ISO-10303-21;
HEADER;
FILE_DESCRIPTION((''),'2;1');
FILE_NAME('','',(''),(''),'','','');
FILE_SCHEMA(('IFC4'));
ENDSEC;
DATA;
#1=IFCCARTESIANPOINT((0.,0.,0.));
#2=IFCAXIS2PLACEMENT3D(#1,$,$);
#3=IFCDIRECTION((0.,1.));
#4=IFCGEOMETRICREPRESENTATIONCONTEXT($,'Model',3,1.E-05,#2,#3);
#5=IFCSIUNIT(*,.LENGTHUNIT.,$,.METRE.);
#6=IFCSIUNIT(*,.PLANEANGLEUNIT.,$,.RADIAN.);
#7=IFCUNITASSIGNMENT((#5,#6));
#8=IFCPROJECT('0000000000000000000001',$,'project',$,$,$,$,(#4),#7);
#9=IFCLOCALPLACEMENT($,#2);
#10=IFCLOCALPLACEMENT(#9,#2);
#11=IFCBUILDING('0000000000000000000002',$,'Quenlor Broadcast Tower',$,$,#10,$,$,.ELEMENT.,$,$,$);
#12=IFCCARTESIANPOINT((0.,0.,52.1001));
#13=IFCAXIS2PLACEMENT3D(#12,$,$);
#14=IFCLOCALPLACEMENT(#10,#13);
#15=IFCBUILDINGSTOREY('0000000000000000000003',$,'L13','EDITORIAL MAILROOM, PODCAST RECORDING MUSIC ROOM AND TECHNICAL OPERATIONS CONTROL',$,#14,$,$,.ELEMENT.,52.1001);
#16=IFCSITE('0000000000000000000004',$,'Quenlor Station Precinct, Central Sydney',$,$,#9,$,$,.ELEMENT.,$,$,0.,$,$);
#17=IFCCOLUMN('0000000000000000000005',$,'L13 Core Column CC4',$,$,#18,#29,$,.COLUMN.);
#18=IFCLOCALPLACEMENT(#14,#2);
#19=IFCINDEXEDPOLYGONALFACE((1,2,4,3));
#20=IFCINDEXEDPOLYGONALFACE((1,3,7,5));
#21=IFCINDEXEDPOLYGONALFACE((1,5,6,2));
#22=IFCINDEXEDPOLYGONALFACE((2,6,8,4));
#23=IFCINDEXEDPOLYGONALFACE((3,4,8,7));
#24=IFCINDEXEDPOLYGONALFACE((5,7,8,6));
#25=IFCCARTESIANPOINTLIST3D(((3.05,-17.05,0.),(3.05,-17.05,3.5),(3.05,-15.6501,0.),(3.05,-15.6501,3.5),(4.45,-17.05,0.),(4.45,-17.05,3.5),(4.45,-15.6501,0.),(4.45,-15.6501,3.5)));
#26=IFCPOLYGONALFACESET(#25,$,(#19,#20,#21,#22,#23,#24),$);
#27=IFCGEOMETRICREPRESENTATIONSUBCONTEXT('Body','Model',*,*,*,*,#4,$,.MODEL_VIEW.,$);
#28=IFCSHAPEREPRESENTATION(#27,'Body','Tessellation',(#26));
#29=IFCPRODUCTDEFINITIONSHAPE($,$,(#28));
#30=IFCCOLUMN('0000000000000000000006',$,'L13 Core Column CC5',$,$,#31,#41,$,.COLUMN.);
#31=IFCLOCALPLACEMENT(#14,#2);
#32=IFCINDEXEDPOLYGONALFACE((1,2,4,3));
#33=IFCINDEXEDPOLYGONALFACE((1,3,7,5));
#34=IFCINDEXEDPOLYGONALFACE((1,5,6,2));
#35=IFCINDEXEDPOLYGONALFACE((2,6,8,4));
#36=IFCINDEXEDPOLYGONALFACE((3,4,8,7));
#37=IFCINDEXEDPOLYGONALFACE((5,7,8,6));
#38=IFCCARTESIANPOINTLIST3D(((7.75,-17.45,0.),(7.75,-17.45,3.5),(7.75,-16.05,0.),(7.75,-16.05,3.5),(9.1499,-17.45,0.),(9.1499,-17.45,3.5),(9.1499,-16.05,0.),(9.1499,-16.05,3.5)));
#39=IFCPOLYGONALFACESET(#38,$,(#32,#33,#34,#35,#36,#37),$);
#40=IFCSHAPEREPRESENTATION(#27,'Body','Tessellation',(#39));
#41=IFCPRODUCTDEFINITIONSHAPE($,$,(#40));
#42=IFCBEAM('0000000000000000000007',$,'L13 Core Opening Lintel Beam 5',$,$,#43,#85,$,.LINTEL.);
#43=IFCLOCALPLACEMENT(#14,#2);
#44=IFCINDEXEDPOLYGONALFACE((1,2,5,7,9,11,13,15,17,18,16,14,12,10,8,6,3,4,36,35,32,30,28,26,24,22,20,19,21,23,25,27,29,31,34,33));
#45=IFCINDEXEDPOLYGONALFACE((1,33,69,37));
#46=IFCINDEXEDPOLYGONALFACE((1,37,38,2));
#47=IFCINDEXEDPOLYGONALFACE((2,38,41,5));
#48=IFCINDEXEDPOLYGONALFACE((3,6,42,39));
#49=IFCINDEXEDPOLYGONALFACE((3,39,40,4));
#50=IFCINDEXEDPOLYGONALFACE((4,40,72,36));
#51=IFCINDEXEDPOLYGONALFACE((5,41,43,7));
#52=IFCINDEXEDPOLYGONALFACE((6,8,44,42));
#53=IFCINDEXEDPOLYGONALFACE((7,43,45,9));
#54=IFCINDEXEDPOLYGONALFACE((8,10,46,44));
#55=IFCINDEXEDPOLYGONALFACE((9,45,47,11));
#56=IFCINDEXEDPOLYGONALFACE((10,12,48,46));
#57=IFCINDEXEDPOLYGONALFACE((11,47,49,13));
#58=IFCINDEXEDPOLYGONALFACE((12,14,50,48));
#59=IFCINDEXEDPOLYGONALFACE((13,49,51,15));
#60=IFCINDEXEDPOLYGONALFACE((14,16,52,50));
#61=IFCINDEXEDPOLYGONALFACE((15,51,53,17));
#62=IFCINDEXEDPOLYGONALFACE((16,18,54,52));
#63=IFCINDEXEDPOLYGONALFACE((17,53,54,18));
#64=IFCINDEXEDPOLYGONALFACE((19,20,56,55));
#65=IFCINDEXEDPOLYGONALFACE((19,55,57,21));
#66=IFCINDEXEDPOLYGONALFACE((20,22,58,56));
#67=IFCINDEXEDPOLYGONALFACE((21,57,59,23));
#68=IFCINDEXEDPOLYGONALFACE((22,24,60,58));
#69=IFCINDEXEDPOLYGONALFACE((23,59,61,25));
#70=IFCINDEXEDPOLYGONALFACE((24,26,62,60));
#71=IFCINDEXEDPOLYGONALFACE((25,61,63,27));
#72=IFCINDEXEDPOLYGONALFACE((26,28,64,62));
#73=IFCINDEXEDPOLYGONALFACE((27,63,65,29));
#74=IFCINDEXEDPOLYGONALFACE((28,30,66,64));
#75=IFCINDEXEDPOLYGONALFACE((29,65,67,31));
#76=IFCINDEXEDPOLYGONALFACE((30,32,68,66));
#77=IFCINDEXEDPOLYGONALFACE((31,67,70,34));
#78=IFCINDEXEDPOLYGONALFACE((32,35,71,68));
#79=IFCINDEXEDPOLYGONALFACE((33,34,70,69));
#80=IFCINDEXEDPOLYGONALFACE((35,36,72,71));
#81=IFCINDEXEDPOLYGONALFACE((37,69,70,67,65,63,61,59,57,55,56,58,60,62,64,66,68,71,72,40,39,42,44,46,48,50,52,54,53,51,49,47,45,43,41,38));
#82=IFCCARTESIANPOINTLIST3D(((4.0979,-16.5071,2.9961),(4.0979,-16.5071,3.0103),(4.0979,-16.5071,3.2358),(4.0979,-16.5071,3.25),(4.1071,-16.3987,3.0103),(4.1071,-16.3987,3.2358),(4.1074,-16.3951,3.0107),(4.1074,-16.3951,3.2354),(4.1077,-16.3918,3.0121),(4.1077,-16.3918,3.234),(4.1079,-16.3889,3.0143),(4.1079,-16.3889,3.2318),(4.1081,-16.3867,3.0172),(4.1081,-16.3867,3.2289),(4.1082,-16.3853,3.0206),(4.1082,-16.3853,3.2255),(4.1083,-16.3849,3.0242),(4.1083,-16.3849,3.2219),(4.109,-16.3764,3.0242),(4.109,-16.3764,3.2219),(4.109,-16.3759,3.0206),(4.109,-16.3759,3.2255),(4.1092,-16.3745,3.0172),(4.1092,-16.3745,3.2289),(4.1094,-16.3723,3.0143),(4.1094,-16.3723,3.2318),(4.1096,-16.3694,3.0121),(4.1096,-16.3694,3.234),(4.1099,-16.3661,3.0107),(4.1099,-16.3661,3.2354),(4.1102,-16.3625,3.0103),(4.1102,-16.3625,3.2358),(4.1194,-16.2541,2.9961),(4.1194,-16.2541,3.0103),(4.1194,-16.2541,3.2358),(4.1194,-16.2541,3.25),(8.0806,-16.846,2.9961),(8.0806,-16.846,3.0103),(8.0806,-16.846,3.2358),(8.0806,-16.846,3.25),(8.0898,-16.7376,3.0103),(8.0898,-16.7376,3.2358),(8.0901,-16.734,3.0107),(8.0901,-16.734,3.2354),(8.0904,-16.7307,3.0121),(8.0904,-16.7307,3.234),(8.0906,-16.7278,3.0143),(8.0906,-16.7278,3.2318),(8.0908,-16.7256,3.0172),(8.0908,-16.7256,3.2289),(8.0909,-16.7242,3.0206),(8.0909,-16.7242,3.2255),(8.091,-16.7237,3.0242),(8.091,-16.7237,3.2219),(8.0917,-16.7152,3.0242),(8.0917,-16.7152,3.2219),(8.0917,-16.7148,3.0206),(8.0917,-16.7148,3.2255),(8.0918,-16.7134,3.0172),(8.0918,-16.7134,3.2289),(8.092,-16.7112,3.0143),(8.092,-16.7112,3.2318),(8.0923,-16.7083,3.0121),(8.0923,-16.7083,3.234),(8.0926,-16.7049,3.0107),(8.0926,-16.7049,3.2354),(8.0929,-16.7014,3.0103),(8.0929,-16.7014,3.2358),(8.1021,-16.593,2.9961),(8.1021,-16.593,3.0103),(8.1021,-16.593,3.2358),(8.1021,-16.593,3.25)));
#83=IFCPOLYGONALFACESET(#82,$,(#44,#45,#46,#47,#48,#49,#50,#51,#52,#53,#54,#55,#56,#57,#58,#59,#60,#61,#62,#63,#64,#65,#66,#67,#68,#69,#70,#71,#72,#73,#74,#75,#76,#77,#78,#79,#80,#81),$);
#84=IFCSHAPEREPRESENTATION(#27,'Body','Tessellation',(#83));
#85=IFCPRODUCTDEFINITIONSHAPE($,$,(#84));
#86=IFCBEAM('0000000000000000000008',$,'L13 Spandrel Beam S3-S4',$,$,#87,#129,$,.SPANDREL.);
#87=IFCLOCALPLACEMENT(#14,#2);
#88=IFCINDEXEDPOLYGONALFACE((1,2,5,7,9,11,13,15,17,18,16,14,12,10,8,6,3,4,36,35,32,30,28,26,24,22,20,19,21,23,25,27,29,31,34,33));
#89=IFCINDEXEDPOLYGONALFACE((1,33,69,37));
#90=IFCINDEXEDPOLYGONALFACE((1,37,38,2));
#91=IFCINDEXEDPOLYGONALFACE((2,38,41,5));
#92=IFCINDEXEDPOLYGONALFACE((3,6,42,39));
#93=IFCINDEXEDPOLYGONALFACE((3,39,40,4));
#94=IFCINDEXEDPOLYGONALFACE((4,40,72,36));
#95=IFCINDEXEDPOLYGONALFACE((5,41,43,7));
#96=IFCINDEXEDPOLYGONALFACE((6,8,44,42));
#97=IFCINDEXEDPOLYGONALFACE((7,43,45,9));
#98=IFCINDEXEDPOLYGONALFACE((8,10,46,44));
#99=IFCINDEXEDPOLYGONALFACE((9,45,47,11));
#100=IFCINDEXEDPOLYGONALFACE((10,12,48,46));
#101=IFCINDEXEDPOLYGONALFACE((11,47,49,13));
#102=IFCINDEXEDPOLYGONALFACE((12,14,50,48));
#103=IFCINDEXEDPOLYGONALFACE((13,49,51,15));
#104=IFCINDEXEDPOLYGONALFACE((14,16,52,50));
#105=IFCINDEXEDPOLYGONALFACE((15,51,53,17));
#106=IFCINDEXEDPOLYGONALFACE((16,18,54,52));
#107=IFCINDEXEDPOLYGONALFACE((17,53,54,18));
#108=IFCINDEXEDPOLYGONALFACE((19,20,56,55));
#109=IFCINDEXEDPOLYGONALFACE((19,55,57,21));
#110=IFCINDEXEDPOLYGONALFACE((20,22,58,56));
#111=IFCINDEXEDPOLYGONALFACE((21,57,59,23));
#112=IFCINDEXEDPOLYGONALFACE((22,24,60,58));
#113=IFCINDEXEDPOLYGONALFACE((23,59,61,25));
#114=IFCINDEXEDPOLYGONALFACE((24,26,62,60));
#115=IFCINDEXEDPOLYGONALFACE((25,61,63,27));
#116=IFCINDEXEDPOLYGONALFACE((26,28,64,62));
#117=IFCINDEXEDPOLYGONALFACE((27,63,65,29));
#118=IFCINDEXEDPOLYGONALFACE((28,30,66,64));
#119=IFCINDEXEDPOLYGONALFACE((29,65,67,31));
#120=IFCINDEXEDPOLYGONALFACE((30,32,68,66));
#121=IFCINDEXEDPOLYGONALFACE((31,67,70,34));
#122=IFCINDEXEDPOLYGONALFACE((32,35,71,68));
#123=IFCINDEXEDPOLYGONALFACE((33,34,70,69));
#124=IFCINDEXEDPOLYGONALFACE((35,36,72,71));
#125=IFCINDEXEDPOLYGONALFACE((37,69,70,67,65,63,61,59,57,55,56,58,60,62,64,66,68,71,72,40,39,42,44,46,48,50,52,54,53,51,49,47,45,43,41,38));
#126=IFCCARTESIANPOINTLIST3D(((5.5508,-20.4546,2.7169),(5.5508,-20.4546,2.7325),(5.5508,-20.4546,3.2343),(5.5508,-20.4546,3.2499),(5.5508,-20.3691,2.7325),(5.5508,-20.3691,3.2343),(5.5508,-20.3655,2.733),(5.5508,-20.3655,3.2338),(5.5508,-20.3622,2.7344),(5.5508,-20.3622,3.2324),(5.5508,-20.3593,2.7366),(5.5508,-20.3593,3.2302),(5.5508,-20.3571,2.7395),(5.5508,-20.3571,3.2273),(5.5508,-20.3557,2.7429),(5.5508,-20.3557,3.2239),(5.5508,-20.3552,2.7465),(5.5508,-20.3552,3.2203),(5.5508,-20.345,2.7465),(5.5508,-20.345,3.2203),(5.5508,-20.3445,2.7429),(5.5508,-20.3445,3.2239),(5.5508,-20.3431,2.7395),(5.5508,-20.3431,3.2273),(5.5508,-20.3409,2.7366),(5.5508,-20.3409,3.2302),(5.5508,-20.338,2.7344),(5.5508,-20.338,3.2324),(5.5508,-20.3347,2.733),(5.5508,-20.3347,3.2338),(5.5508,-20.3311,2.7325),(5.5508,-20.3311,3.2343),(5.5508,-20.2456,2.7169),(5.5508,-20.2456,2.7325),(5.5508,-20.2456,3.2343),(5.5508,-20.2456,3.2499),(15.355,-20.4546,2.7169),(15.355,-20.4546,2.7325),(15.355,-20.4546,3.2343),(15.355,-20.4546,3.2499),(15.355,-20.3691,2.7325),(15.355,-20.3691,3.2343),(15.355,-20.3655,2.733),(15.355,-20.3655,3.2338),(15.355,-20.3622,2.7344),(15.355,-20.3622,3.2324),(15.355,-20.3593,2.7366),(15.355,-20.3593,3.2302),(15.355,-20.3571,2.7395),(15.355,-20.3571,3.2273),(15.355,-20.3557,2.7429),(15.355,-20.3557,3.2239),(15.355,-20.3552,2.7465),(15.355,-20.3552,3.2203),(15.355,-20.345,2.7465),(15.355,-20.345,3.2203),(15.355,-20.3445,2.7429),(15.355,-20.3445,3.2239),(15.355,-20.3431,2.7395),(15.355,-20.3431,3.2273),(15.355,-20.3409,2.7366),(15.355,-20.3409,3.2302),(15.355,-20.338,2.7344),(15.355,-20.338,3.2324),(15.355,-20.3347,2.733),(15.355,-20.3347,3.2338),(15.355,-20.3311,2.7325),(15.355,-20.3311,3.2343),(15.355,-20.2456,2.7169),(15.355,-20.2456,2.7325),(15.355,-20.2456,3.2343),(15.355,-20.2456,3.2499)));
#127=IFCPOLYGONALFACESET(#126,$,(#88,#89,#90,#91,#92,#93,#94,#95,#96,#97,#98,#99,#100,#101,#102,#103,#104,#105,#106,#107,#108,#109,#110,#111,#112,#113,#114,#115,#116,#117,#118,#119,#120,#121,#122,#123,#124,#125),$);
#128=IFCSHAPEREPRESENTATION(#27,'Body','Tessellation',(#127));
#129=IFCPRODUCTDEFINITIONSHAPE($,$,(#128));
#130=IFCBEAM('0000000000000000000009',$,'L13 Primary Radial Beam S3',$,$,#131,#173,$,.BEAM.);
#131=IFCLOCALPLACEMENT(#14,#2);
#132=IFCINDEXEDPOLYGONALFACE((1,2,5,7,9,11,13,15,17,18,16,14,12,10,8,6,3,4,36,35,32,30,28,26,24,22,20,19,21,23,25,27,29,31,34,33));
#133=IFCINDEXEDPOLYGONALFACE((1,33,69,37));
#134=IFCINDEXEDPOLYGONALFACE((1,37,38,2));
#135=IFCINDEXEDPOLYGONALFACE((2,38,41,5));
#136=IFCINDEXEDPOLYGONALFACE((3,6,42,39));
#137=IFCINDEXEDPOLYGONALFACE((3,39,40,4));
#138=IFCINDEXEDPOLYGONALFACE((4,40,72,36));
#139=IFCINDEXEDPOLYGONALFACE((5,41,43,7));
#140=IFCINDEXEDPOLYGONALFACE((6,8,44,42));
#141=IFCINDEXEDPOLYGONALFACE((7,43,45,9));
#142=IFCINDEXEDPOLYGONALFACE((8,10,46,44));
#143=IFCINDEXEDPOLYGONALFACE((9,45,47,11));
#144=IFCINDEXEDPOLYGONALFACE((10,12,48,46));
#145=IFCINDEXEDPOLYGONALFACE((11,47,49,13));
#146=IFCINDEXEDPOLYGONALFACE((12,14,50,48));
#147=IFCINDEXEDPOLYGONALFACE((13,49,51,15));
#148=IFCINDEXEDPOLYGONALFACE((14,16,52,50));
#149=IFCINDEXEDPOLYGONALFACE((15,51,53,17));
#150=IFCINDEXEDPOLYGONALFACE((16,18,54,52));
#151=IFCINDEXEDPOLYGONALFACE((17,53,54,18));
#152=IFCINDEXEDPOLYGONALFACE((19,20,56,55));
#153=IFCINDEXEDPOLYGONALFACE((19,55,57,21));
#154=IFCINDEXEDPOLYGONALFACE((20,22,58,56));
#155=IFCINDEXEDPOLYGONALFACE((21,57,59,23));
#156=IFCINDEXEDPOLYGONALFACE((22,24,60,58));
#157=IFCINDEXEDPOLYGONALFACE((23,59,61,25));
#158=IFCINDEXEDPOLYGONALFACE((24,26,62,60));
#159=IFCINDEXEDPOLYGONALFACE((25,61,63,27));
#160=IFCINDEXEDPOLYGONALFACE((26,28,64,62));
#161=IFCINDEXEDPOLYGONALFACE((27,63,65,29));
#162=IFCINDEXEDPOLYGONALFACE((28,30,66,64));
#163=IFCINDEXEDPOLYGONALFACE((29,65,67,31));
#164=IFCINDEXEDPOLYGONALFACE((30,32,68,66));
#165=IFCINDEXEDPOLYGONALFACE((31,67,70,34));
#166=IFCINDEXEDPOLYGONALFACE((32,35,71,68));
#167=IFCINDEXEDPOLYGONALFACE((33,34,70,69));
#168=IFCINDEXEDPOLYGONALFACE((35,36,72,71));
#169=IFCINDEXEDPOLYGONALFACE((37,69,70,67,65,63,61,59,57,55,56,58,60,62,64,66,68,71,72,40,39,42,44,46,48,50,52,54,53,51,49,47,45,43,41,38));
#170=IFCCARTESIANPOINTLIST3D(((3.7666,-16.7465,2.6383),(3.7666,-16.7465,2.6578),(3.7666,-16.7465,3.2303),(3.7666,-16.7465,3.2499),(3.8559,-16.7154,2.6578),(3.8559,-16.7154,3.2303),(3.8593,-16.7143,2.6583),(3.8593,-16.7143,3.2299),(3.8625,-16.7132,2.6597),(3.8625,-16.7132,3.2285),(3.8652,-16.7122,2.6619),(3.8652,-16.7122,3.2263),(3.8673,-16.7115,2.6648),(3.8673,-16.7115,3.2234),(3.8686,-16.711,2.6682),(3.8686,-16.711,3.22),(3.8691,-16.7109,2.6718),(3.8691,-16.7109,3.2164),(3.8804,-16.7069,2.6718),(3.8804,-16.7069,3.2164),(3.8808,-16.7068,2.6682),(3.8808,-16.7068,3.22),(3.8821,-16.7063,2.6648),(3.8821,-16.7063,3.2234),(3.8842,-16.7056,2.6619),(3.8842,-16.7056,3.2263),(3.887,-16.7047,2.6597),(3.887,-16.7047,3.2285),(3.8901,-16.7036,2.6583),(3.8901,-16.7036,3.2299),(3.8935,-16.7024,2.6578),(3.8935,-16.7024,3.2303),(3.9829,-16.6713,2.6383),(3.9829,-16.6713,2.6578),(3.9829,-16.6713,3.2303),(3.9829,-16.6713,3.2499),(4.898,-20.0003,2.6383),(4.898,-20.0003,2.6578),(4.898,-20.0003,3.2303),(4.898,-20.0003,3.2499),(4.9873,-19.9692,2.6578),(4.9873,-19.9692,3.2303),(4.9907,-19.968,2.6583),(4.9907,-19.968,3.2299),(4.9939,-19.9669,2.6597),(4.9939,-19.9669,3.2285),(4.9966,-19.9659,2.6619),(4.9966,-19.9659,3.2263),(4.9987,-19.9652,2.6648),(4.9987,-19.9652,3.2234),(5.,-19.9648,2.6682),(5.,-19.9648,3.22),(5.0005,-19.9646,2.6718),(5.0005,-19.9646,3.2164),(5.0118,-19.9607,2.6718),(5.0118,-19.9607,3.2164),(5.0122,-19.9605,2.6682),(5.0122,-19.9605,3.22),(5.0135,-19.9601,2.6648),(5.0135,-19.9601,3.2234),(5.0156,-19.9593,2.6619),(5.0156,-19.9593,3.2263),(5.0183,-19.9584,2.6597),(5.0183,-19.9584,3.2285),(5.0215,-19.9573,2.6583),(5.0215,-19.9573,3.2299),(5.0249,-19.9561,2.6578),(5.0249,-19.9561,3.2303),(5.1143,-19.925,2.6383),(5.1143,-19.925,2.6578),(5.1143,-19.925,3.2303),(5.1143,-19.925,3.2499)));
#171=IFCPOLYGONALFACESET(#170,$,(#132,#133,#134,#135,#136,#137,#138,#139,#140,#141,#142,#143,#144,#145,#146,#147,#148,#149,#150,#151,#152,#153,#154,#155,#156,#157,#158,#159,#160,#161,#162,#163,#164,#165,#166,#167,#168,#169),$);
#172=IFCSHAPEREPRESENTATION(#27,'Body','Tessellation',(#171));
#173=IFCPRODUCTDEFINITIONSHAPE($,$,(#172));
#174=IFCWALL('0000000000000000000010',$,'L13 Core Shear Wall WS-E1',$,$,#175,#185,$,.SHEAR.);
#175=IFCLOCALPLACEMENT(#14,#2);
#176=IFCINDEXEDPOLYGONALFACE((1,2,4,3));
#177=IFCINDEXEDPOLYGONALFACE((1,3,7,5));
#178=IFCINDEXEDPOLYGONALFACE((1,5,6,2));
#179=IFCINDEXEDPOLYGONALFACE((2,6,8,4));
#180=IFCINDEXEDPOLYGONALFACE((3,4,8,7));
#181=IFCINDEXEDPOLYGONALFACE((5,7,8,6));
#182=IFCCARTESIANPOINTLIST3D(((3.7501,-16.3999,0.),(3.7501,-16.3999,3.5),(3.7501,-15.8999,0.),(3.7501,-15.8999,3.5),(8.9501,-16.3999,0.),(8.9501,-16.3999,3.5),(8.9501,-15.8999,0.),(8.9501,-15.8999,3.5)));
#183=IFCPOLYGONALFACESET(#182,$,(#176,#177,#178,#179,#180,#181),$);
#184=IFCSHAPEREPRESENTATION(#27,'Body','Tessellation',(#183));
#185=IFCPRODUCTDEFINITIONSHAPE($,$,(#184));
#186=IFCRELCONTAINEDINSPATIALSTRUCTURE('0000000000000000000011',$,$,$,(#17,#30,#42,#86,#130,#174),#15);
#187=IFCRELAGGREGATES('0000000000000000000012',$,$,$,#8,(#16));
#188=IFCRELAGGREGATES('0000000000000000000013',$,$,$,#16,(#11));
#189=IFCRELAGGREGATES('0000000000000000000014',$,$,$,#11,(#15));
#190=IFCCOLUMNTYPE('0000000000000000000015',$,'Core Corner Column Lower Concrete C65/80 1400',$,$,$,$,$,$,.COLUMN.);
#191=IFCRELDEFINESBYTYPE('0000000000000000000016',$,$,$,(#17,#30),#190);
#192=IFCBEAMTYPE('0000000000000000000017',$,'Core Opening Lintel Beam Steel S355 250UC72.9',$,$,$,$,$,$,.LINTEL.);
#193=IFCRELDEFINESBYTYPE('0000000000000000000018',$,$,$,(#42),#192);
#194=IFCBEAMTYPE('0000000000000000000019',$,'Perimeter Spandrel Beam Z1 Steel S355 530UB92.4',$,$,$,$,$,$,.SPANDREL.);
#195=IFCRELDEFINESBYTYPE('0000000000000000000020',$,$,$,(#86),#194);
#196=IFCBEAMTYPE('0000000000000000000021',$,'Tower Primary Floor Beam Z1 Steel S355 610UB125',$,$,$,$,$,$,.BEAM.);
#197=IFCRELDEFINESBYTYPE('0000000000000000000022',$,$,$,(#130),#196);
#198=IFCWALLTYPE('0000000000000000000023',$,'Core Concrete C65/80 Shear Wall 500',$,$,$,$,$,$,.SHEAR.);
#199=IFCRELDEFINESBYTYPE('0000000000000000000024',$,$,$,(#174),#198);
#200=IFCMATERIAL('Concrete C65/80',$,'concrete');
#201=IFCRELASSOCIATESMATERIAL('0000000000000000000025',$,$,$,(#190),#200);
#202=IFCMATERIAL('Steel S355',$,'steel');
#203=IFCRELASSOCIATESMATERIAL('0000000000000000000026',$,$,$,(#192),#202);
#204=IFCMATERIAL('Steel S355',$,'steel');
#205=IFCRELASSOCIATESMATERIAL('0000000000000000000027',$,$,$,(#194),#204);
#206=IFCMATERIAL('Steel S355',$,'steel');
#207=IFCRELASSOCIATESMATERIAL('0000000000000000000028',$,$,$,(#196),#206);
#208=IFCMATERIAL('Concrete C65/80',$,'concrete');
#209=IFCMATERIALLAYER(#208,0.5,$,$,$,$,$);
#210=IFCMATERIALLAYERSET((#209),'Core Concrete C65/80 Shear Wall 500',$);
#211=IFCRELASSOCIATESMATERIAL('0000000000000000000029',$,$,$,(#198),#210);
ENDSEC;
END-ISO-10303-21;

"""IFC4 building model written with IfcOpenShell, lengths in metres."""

from ifc_helpers import new_model, si_unit, direction, frame, frame_2d, origin, origin_2d, place, context, subcontext, project, spatial, rectangle, i_section, extrude, material, layer, layer_set, material_profile, profile_set, type_object, element, save


model = new_model("IFC4")

# Units and contexts
model_context = context("Model", 3, precision=1e-05, world=origin(), true_north=direction((0.0, 1.0)))
body_context = subcontext(model_context, "Body", "Model", "MODEL_VIEW")
ifc_project = project(units=[si_unit("LENGTHUNIT", "METRE"), si_unit("PLANEANGLEUNIT", "RADIAN")], contexts=[model_context])

# Site, building, storey
site_placement = place(None, origin())
site = spatial("IfcSite", under=ifc_project, at=site_placement, Name="Quenlor Station Precinct, Central Sydney", CompositionType="ELEMENT", RefElevation=0.0)
building_placement = place(site_placement, origin())
building = spatial("IfcBuilding", under=site, at=building_placement, Name="Quenlor Broadcast Tower", CompositionType="ELEMENT")
storey_placement = place(building_placement, frame((0.0, 0.0, 52.1001)))
storey = spatial("IfcBuildingStorey", under=building, at=storey_placement, Name="L13", Description="EDITORIAL MAILROOM, PODCAST RECORDING MUSIC ROOM AND TECHNICAL OPERATIONS CONTROL", CompositionType="ELEMENT", Elevation=52.1001)

# Columns
ifc_material_1 = material(Name="Concrete C65/80", Category="concrete")
ifc_material_profile_1 = material_profile(ifc_material_1, rectangle(XDim=1.3999, YDim=1.3999, at=origin_2d()))
ifc_profile_set_1 = profile_set([ifc_material_profile_1], Name="Concrete C65/80 RC1400x1400")
column_type = type_object("IfcColumnType", Name="Core Corner Column Lower Concrete C65/80 1400", PredefinedType="COLUMN", material=ifc_profile_set_1)
for number, where, z_axis, x_axis, name in (
    (1, (3.75, -16.3501, 0.0), (0.0, 0.0, 1.0), (1.0, 0.0, 0.0), "L13 Core Column CC4"),
    (2, (8.45, -16.75, 0.0), (0.0, 0.0, 1.0), (1.0, 0.0, 0.0), "L13 Core Column CC5"),
):
    element("IfcColumn", number, at=place(storey_placement, frame(where, z_axis=z_axis, x_axis=x_axis)), inside=storey, type_object=column_type, Name=name, PredefinedType="COLUMN", context=body_context, shape_type="SweptSolid", body=[
        extrude(rectangle(XDim=1.3999, YDim=1.3999, at=origin_2d()), origin(), (0.0, 0.0, 1.0), 3.5),
    ])

# Beams
ifc_material_2 = material(Name="Steel S355", Category="steel")
ifc_material_profile_2 = material_profile(ifc_material_2, i_section(OverallWidth=0.2539, OverallDepth=0.2539, WebThickness=0.0085, FlangeThickness=0.0142, FilletRadius=0.0139, at=origin_2d()))
ifc_profile_set_2 = profile_set([ifc_material_profile_2], Name="Steel S355 250UC72.9")
beam_type_1 = type_object("IfcBeamType", Name="Core Opening Lintel Beam Steel S355 250UC72.9", PredefinedType="LINTEL", material=ifc_profile_set_2)
beam_1_placement = place(storey_placement, frame((4.1086, -16.3806, 3.123), z_axis=(0.9964, -0.084779, 0.0), x_axis=(0.084779, 0.9964, 0.0)))
element("IfcBeam", 3, at=beam_1_placement, inside=storey, type_object=beam_type_1, Name="L13 Core Opening Lintel Beam 5", PredefinedType="LINTEL", context=body_context, shape_type="SweptSolid", body=[
    extrude(i_section(OverallWidth=0.2539, OverallDepth=0.2539, WebThickness=0.0085, FlangeThickness=0.0142, FilletRadius=0.0139, at=origin_2d()), origin(), (0.0, 0.0, 1.0), 3.9971),
])
ifc_material_3 = material(Name="Steel S355", Category="steel")
ifc_material_profile_3 = material_profile(ifc_material_3, i_section(OverallWidth=0.209, OverallDepth=0.533, WebThickness=0.0103, FlangeThickness=0.0156, FilletRadius=0.0139, at=origin_2d()))
ifc_profile_set_3 = profile_set([ifc_material_profile_3], Name="Steel S355 530UB92.4")
beam_type_2 = type_object("IfcBeamType", Name="Perimeter Spandrel Beam Z1 Steel S355 530UB92.4", PredefinedType="SPANDREL", material=ifc_profile_set_3)
beam_2_placement = place(storey_placement, frame((5.5508, -20.3501, 2.9834), z_axis=(1.0, 0.0, 0.0), x_axis=(0.0, 1.0, 0.0)))
element("IfcBeam", 4, at=beam_2_placement, inside=storey, type_object=beam_type_2, Name="L13 Spandrel Beam S3-S4", PredefinedType="SPANDREL", context=body_context, shape_type="SweptSolid", body=[
    extrude(i_section(OverallWidth=0.209, OverallDepth=0.533, WebThickness=0.0103, FlangeThickness=0.0156, FilletRadius=0.0139, at=origin_2d()), origin(), (0.0, 0.0, 1.0), 9.8042),
])
ifc_material_4 = material(Name="Steel S355", Category="steel")
ifc_material_profile_4 = material_profile(ifc_material_4, i_section(OverallWidth=0.229, OverallDepth=0.6116, WebThickness=0.012, FlangeThickness=0.0195, FilletRadius=0.0139, at=origin_2d()))
ifc_profile_set_4 = profile_set([ifc_material_profile_4], Name="Steel S355 610UB125")
beam_type_3 = type_object("IfcBeamType", Name="Tower Primary Floor Beam Z1 Steel S355 610UB125", PredefinedType="BEAM", material=ifc_profile_set_4)
beam_3_placement = place(storey_placement, frame((5.0061, -19.9626, 2.9441), z_axis=(-0.328427, 0.944529, 0.0), x_axis=(-0.944529, -0.328427, 0.0)))
element("IfcBeam", 5, at=beam_3_placement, inside=storey, type_object=beam_type_3, Name="L13 Primary Radial Beam S3", PredefinedType="BEAM", context=body_context, shape_type="SweptSolid", body=[
    extrude(i_section(OverallWidth=0.229, OverallDepth=0.6116, WebThickness=0.012, FlangeThickness=0.0195, FilletRadius=0.0139, at=origin_2d()), origin(), (0.0, 0.0, 1.0), 3.4448),
])

# Wall
ifc_material_5 = material(Name="Concrete C65/80", Category="concrete")
ifc_layer_1 = layer(ifc_material_5, 0.5)
ifc_layer_set_1 = layer_set([ifc_layer_1], Name="Core Concrete C65/80 Shear Wall 500")
wall_type_1 = type_object("IfcWallType", Name="Core Concrete C65/80 Shear Wall 500", PredefinedType="SHEAR", material=ifc_layer_set_1)
wall_1_placement = place(storey_placement, frame((3.75, -16.1499, 0.0), z_axis=(0.0, 0.0, 1.0), x_axis=(1.0, 0.0, 0.0)))
element("IfcWall", 6, at=wall_1_placement, inside=storey, type_object=wall_type_1, Name="L13 Core Shear Wall WS-E1", PredefinedType="SHEAR", context=body_context, shape_type="SweptSolid", body=[
    extrude(rectangle(XDim=5.2, YDim=0.5, at=frame_2d((2.6001, 0.0))), origin(), (0.0, 0.0, 1.0), 3.5),
])

save(model, "model.ifc")
